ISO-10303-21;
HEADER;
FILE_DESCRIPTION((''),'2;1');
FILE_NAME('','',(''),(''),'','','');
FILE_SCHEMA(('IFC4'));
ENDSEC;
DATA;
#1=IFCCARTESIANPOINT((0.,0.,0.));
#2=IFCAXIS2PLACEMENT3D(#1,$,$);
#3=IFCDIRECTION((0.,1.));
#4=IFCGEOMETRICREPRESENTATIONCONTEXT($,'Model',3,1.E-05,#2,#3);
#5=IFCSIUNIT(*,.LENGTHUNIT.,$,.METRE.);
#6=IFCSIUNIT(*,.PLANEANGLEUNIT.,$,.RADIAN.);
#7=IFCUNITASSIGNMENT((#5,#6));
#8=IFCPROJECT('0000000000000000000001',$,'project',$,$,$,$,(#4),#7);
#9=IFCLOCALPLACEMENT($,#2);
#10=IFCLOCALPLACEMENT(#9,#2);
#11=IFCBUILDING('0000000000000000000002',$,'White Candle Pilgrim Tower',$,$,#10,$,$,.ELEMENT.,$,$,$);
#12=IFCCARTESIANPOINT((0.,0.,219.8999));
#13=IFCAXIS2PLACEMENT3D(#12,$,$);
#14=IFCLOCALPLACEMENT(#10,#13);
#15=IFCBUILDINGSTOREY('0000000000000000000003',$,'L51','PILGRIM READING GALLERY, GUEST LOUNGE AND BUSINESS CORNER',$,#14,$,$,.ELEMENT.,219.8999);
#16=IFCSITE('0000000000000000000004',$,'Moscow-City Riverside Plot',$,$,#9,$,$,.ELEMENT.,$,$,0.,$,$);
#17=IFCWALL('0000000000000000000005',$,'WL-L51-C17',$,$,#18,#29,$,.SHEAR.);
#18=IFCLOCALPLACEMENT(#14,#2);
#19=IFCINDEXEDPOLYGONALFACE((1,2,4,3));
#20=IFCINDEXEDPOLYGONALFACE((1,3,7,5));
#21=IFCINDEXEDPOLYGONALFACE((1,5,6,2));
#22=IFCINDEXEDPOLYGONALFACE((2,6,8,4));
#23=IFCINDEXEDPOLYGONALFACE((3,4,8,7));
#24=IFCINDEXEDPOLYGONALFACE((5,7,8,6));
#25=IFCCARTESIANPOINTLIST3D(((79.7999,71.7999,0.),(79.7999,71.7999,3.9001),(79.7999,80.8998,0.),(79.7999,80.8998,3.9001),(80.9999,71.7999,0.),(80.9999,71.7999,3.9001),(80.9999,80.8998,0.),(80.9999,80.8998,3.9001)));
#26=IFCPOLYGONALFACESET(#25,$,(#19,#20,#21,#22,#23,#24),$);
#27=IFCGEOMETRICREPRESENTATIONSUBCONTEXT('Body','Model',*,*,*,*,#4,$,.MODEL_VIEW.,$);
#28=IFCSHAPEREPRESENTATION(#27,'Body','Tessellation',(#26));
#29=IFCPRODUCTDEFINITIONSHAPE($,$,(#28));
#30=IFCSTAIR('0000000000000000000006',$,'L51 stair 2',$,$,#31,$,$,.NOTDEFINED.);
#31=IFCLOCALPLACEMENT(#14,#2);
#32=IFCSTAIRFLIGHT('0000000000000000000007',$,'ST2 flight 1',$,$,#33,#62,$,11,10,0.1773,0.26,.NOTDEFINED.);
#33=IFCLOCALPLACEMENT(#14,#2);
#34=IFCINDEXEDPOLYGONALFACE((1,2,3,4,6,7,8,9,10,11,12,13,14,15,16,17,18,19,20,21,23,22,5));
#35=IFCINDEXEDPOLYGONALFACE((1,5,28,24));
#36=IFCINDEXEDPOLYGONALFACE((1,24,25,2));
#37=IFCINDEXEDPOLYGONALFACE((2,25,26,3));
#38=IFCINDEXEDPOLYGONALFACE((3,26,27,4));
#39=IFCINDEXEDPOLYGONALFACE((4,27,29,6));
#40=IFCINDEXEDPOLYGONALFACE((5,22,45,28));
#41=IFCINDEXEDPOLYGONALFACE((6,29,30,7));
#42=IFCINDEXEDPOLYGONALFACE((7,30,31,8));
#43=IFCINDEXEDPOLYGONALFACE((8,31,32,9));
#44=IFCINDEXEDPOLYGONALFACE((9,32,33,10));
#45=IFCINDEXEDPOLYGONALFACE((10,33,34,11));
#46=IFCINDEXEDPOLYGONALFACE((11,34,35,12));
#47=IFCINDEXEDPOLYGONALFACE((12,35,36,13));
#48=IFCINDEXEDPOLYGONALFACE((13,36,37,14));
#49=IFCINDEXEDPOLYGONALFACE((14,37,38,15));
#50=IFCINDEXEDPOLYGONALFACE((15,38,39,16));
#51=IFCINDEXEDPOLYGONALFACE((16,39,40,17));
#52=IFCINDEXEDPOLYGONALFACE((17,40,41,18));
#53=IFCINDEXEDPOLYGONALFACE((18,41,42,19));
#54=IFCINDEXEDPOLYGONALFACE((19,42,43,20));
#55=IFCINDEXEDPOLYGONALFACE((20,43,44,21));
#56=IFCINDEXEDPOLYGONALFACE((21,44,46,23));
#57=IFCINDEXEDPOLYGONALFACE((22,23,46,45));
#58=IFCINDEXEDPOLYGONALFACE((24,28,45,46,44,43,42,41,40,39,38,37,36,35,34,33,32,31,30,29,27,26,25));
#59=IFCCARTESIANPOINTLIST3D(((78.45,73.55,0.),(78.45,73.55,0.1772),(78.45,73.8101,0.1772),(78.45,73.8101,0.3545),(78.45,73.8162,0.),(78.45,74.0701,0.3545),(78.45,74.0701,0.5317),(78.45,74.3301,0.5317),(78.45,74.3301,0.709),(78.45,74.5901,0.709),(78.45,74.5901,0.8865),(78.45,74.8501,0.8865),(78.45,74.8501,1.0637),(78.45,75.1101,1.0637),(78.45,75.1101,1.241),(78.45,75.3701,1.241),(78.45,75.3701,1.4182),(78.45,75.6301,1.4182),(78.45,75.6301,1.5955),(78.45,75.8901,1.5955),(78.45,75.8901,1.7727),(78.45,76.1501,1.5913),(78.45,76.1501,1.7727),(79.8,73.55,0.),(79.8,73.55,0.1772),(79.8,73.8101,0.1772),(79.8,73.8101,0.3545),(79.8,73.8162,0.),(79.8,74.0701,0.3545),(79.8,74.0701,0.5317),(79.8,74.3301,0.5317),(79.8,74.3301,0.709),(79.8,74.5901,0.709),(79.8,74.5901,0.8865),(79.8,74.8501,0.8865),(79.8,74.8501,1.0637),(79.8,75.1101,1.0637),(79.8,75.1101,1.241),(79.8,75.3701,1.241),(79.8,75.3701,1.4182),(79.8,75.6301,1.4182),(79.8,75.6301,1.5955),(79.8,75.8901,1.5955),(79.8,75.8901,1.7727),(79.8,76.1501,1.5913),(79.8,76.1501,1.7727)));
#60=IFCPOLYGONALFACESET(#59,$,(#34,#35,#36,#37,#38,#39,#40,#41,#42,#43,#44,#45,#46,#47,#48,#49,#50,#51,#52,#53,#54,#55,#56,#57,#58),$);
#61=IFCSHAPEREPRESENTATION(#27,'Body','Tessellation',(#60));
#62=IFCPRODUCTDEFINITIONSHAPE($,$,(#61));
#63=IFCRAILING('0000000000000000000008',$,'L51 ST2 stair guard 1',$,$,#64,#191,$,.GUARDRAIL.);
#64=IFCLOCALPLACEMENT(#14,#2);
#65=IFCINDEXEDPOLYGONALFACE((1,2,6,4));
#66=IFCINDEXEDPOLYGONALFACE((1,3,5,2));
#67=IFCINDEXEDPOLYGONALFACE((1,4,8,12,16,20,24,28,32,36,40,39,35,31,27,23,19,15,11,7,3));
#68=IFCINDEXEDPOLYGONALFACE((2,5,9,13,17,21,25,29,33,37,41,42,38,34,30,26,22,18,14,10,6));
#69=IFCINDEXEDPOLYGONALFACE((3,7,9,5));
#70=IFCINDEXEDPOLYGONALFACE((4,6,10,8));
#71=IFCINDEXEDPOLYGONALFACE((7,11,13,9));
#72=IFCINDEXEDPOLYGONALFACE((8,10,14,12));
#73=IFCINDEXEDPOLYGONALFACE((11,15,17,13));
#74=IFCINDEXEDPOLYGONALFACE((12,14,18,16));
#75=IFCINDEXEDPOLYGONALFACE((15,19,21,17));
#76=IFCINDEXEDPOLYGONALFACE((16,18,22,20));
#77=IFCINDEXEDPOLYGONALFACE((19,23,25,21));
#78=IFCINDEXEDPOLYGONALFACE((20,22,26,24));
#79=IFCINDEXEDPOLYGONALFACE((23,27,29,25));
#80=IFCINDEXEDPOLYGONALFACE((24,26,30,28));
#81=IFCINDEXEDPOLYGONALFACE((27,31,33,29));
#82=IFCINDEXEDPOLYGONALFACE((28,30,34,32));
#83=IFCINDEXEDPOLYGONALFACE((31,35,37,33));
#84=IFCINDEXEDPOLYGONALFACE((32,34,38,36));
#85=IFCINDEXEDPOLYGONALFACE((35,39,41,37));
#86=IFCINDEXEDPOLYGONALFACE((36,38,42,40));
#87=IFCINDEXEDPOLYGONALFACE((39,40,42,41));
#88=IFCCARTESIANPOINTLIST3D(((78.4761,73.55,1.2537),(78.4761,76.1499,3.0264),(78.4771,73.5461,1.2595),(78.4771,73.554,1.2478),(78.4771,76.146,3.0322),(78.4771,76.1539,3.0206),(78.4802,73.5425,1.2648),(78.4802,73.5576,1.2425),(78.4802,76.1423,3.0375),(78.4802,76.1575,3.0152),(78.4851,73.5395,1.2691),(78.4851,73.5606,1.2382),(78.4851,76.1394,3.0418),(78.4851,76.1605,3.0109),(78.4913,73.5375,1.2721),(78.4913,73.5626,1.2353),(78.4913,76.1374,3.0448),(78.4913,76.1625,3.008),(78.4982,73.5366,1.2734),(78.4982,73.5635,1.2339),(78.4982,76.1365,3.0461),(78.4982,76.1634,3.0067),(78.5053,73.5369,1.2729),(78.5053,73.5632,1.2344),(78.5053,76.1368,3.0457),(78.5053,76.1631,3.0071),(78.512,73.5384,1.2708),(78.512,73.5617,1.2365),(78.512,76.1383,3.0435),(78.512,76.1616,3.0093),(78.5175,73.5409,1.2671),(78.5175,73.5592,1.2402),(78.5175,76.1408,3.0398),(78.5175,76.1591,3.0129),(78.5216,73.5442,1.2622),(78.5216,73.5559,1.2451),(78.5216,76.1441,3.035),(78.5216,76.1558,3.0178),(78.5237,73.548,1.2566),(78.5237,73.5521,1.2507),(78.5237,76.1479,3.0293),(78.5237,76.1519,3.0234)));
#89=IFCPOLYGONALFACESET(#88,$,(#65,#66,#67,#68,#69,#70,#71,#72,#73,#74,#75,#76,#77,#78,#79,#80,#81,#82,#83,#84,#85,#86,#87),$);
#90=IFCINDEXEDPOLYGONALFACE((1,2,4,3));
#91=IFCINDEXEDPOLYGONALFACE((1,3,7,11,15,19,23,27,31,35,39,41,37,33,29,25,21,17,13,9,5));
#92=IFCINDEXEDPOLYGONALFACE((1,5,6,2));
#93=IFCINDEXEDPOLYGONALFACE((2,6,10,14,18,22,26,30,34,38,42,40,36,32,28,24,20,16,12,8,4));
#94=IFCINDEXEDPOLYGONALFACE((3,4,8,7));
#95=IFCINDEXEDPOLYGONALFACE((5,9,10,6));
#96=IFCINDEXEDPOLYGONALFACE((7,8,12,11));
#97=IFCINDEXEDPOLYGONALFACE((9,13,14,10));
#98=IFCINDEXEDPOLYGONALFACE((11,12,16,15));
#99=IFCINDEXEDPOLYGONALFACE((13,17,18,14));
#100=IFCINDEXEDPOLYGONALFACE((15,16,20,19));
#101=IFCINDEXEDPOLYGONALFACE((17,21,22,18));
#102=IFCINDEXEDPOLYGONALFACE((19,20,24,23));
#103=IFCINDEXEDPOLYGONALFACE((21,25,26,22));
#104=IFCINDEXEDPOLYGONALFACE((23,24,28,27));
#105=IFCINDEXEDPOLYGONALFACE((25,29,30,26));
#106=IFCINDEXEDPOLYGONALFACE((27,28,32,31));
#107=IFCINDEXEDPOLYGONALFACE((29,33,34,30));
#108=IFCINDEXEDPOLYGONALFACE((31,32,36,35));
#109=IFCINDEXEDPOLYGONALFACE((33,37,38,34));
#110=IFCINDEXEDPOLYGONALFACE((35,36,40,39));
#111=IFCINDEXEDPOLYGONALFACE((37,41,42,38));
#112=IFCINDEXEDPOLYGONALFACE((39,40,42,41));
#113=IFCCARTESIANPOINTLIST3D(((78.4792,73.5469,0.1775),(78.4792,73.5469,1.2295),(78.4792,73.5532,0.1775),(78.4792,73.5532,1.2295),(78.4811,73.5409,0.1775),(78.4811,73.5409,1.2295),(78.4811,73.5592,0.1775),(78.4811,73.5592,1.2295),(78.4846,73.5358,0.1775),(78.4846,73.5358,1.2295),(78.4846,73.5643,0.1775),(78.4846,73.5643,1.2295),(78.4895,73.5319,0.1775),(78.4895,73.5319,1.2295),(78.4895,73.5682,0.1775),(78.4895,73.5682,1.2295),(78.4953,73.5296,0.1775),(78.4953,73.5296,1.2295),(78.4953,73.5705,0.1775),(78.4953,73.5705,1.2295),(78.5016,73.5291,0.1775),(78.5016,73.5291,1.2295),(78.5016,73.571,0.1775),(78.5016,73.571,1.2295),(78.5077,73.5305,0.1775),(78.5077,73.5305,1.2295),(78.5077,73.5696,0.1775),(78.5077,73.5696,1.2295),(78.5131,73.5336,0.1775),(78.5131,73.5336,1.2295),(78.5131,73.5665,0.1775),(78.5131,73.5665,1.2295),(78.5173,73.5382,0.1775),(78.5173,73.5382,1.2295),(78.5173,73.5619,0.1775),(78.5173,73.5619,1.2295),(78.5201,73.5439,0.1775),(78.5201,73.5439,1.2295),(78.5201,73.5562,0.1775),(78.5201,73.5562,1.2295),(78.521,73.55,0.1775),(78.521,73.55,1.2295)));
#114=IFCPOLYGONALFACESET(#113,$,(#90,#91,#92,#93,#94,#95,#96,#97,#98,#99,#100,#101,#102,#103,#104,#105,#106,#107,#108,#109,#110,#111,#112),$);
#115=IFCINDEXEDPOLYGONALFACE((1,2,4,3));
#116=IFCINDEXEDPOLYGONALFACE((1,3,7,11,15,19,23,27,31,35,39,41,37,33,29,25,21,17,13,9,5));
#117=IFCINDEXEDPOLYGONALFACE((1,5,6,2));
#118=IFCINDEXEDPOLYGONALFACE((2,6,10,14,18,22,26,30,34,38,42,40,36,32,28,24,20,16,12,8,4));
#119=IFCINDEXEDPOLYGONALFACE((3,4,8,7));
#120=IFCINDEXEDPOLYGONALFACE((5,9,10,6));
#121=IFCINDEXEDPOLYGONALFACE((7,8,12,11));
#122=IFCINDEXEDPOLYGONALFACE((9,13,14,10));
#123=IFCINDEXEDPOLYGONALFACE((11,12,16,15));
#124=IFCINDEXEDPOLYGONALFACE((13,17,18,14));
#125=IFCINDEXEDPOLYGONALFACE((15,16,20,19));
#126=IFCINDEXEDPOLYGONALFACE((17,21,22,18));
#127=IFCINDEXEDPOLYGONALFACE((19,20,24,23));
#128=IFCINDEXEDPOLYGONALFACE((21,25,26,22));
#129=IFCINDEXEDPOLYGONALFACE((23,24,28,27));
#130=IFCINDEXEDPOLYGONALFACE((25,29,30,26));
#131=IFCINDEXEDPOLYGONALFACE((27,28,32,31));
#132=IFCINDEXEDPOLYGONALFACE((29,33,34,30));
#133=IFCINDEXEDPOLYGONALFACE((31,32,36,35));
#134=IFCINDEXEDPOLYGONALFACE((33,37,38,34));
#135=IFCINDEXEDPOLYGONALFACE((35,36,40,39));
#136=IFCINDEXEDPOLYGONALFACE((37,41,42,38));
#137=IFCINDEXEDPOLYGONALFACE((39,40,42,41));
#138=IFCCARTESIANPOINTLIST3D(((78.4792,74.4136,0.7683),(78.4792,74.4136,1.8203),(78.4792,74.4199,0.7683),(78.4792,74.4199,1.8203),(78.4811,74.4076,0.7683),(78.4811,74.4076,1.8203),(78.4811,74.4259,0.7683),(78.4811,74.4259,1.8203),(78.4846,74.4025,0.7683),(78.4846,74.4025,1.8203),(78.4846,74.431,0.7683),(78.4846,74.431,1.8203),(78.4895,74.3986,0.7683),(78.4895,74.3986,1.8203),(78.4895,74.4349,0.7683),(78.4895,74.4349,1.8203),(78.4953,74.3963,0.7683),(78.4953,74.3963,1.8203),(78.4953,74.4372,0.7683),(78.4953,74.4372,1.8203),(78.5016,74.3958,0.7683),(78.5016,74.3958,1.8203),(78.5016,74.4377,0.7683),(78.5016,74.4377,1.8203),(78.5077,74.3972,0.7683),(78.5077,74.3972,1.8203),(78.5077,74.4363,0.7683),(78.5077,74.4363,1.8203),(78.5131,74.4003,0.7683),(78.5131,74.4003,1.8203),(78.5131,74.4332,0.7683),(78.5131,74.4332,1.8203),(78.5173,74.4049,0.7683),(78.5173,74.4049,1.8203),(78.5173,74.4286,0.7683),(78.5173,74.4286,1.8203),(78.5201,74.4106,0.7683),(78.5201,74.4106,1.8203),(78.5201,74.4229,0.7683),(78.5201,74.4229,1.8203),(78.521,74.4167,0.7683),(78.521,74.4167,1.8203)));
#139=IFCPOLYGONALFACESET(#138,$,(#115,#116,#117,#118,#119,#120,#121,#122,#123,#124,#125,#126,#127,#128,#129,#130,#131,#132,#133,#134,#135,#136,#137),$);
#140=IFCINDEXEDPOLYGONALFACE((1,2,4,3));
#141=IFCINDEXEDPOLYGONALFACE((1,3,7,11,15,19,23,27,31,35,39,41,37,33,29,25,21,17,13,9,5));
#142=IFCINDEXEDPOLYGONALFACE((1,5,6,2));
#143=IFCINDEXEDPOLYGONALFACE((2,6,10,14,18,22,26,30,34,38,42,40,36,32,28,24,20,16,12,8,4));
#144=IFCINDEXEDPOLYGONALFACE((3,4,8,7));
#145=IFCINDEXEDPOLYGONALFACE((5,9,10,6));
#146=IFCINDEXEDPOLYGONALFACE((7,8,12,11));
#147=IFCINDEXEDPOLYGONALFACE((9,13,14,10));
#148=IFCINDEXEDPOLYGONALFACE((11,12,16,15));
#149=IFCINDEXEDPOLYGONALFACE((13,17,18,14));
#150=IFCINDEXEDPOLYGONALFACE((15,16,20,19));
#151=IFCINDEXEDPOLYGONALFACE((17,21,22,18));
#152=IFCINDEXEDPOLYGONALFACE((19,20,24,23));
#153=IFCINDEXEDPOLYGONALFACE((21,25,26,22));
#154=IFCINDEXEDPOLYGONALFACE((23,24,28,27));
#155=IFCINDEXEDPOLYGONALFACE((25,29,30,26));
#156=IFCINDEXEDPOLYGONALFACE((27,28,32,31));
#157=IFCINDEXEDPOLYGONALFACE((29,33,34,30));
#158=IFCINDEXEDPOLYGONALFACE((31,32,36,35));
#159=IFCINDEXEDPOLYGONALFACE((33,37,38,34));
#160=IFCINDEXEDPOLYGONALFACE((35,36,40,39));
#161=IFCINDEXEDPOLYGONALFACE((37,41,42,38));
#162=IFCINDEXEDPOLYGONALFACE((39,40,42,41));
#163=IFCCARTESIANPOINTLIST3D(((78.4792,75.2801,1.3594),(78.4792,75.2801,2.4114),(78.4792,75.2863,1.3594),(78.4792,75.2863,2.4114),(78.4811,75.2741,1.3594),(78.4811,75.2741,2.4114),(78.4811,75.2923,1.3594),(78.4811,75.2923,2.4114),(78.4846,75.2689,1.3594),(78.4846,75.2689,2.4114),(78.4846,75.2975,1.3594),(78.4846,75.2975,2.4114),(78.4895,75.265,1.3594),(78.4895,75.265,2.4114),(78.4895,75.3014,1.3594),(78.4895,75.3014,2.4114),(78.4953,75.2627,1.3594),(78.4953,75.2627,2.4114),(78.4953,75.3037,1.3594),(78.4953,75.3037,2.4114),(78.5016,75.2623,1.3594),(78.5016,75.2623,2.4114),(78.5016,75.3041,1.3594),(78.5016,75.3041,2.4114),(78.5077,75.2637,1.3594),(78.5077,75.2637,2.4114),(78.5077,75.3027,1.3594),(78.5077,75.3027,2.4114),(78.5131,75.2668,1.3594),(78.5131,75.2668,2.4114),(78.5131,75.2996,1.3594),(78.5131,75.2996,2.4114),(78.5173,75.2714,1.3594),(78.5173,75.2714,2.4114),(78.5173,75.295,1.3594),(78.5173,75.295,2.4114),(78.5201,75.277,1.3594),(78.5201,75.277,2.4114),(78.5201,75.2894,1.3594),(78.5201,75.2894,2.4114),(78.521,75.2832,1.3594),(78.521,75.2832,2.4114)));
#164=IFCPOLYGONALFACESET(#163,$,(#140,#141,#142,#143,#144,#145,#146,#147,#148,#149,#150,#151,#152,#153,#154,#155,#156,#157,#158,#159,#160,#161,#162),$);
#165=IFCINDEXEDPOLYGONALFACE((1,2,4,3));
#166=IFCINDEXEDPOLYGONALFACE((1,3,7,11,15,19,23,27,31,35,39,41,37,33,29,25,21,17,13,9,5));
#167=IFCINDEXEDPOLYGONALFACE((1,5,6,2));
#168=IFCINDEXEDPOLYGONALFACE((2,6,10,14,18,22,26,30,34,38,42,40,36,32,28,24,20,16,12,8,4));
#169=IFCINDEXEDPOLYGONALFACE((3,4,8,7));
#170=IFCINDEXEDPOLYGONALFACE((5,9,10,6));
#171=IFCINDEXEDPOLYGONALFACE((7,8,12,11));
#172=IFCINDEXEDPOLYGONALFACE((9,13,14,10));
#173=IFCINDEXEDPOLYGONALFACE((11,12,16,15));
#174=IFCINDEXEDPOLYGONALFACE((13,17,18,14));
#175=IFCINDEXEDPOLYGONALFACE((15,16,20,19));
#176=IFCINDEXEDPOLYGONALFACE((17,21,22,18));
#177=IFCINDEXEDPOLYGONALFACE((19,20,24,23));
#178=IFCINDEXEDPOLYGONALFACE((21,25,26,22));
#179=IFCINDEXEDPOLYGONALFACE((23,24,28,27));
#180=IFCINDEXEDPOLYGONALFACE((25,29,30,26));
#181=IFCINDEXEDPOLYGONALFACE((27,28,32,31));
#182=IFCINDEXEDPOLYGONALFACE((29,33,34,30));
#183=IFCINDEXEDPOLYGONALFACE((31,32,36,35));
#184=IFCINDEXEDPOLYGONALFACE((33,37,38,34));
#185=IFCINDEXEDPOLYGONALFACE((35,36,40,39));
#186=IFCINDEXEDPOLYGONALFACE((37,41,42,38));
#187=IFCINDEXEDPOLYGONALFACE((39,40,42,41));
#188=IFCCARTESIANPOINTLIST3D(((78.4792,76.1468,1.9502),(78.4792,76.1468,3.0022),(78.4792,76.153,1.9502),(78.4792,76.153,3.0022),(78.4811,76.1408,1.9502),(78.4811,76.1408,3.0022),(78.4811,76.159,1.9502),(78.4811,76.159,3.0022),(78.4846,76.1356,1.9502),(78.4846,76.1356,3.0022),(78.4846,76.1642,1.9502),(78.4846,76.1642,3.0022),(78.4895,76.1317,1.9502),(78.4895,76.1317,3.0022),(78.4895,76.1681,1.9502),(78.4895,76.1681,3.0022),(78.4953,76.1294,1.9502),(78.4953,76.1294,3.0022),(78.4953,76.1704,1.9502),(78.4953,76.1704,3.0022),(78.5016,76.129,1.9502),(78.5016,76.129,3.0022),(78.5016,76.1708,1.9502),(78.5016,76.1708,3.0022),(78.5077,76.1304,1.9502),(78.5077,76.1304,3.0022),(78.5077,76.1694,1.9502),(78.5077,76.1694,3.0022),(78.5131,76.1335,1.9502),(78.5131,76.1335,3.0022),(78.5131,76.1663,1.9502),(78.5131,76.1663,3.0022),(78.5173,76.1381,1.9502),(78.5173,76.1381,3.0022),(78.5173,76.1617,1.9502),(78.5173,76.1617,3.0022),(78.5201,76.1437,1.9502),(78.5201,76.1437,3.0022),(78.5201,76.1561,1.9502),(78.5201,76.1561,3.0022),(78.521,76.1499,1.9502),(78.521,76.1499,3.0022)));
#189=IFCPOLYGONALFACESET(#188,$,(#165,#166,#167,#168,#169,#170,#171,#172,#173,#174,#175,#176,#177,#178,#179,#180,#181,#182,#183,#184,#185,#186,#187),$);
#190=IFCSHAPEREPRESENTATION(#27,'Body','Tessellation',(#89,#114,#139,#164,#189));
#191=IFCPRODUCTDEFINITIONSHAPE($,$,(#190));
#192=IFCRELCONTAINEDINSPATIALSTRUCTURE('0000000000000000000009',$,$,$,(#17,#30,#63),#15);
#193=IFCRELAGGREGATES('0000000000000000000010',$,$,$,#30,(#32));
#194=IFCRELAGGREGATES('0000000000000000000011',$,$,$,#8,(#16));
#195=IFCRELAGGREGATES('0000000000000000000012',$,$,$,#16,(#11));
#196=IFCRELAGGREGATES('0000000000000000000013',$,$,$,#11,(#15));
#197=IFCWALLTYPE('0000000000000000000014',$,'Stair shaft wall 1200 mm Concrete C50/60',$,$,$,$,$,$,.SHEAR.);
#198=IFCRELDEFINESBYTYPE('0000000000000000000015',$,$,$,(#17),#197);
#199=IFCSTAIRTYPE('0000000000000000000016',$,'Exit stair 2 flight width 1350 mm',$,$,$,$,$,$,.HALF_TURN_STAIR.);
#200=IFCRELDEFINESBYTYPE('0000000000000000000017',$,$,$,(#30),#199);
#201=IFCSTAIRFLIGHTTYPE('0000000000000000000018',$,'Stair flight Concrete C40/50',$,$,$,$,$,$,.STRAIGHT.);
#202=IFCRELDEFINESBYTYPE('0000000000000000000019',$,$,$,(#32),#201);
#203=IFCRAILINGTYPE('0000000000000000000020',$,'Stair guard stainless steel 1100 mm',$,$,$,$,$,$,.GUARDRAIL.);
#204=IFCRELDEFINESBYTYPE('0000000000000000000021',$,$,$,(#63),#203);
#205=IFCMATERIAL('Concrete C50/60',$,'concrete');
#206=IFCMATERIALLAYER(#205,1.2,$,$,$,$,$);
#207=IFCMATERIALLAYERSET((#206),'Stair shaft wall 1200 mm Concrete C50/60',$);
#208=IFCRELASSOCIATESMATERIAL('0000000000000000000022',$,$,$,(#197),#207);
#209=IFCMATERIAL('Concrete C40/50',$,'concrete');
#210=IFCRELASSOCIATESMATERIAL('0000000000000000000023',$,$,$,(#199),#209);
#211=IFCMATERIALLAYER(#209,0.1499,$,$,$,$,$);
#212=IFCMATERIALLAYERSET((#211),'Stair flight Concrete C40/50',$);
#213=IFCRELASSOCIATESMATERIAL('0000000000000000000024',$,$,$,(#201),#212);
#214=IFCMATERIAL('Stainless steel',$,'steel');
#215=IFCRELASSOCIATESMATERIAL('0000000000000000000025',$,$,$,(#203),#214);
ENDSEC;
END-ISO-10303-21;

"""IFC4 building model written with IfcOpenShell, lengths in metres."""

from ifc_helpers import new_model, si_unit, direction, frame, frame_2d, origin, origin_2d, place, context, subcontext, project, spatial, polyline, rectangle, circle, outline, extrude, material, layer, layer_set, type_object, element, aggregate, save


model = new_model("IFC4")

# Units and contexts
model_context = context("Model", 3, precision=1e-05, world=origin(), true_north=direction((0.0, 1.0)))
body_context = subcontext(model_context, "Body", "Model", "MODEL_VIEW")
ifc_project = project(units=[si_unit("LENGTHUNIT", "METRE"), si_unit("PLANEANGLEUNIT", "RADIAN")], contexts=[model_context])

# Site, building, storey
site_placement = place(None, origin())
site = spatial("IfcSite", under=ifc_project, at=site_placement, Name="Moscow-City Riverside Plot", CompositionType="ELEMENT", RefElevation=0.0)
building_placement = place(site_placement, origin())
building = spatial("IfcBuilding", under=site, at=building_placement, Name="White Candle Pilgrim Tower", CompositionType="ELEMENT")
storey_placement = place(building_placement, frame((0.0, 0.0, 219.8999)))
storey = spatial("IfcBuildingStorey", under=building, at=storey_placement, Name="L51", Description="PILGRIM READING GALLERY, GUEST LOUNGE AND BUSINESS CORNER", CompositionType="ELEMENT", Elevation=219.8999)

# Shared definitions
ifc_material_1 = material(Name="Concrete C50/60", Category="concrete")

# Wall
ifc_layer_1 = layer(ifc_material_1, 1.2)
ifc_layer_set_1 = layer_set([ifc_layer_1], Name="Stair shaft wall 1200 mm Concrete C50/60")
wall_type_1 = type_object("IfcWallType", Name="Stair shaft wall 1200 mm Concrete C50/60", PredefinedType="SHEAR", material=ifc_layer_set_1)
wall_1_placement = place(storey_placement, frame((80.3999, 71.8, 0.0), z_axis=(0.0, 0.0, 1.0), x_axis=(0.0, 1.0, 0.0)))
element("IfcWall", 1, at=wall_1_placement, inside=storey, type_object=wall_type_1, Name="WL-L51-C17", PredefinedType="SHEAR", context=body_context, shape_type="SweptSolid", body=[
    extrude(rectangle(XDim=9.0999, YDim=1.2, at=frame_2d((4.5498, 0.0))), origin(), (0.0, 0.0, 1.0), 3.9001),
])

# Stair, stair flight
ifc_material_2 = material(Name="Concrete C40/50", Category="concrete")
stair_type = type_object("IfcStairType", Name="Exit stair 2 flight width 1350 mm", PredefinedType="HALF_TURN_STAIR", material=ifc_material_2)
stair_placement = place(storey_placement, origin())
stair = element("IfcStair", 2, at=stair_placement, inside=storey, type_object=stair_type, Name="L51 stair 2", PredefinedType="NOTDEFINED")
ifc_layer_2 = layer(ifc_material_2, 0.1499)
ifc_layer_set_2 = layer_set([ifc_layer_2], Name="Stair flight Concrete C40/50")
stair_flight_type = type_object("IfcStairFlightType", Name="Stair flight Concrete C40/50", PredefinedType="STRAIGHT", material=ifc_layer_set_2)
stair_flight_placement = place(storey_placement, frame((79.125, 73.55, 0.0), z_axis=(0.0, 0.0, 1.0), x_axis=(0.0, 1.0, 0.0)))
stair_flight = element("IfcStairFlight", 3, at=stair_flight_placement, type_object=stair_flight_type, Name="ST2 flight 1", NumberOfRisers=11, NumberOfTreads=10, PredefinedType="NOTDEFINED", RiserHeight=0.1773, TreadLength=0.26, context=body_context, shape_type="SweptSolid", body=[
    extrude(outline(polyline([(0.0, 0.0), (0.0, 0.1772), (0.26, 0.1772), (0.26, 0.3545), (0.52, 0.3545), (0.52, 0.5317), (0.78, 0.5317), (0.78, 0.709), (1.04, 0.709), (1.04, 0.8865), (1.3, 0.8865), (1.3, 1.0637), (1.5601, 1.0637), (1.5601, 1.241), (1.8201, 1.241), (1.8201, 1.4182), (2.0801, 1.4182), (2.0801, 1.5955), (2.3401, 1.5955), (2.3401, 1.7727), (2.6001, 1.7727), (2.6001, 1.95), (2.6001, 1.5913), (0.2661, 0.0), (0.0, 0.0)])), frame((0.0, 0.675, 0.0), z_axis=(0.0, -1.0, 0.0), x_axis=(1.0, 0.0, 0.0)), (0.0, 0.0, 1.0), 1.3501),
])
aggregate(stair, [stair_flight])

# Railing
ifc_material_3 = material(Name="Stainless steel", Category="steel")
railing_type_1 = type_object("IfcRailingType", Name="Stair guard stainless steel 1100 mm", PredefinedType="GUARDRAIL", material=ifc_material_3)
railing_1_placement = place(storey_placement, frame((78.5, 73.55, 0.1775)))
element("IfcRailing", 4, at=railing_1_placement, inside=storey, type_object=railing_type_1, Name="L51 ST2 stair guard 1", PredefinedType="GUARDRAIL", context=body_context, shape_type="SweptSolid", body=[
    extrude(circle(Radius=0.0239, at=origin_2d()), frame((0.0, 0.0, 1.0762), z_axis=(0.0, 0.826216, 0.563354), x_axis=(-1.0, 0.0, 0.0)), (0.0, 0.0, 1.0), 3.1467),
    extrude(circle(Radius=0.021, at=origin_2d()), origin(), (0.0, 0.0, 1.0), 1.052),
    extrude(circle(Radius=0.021, at=origin_2d()), frame((0.0, 0.8667, 0.5908)), (0.0, 0.0, 1.0), 1.052),
    extrude(circle(Radius=0.021, at=origin_2d()), frame((0.0, 1.7332, 1.1819)), (0.0, 0.0, 1.0), 1.052),
    extrude(circle(Radius=0.021, at=origin_2d()), frame((0.0, 2.5999, 1.7727)), (0.0, 0.0, 1.0), 1.052),
])

save(model, "model.ifc")
